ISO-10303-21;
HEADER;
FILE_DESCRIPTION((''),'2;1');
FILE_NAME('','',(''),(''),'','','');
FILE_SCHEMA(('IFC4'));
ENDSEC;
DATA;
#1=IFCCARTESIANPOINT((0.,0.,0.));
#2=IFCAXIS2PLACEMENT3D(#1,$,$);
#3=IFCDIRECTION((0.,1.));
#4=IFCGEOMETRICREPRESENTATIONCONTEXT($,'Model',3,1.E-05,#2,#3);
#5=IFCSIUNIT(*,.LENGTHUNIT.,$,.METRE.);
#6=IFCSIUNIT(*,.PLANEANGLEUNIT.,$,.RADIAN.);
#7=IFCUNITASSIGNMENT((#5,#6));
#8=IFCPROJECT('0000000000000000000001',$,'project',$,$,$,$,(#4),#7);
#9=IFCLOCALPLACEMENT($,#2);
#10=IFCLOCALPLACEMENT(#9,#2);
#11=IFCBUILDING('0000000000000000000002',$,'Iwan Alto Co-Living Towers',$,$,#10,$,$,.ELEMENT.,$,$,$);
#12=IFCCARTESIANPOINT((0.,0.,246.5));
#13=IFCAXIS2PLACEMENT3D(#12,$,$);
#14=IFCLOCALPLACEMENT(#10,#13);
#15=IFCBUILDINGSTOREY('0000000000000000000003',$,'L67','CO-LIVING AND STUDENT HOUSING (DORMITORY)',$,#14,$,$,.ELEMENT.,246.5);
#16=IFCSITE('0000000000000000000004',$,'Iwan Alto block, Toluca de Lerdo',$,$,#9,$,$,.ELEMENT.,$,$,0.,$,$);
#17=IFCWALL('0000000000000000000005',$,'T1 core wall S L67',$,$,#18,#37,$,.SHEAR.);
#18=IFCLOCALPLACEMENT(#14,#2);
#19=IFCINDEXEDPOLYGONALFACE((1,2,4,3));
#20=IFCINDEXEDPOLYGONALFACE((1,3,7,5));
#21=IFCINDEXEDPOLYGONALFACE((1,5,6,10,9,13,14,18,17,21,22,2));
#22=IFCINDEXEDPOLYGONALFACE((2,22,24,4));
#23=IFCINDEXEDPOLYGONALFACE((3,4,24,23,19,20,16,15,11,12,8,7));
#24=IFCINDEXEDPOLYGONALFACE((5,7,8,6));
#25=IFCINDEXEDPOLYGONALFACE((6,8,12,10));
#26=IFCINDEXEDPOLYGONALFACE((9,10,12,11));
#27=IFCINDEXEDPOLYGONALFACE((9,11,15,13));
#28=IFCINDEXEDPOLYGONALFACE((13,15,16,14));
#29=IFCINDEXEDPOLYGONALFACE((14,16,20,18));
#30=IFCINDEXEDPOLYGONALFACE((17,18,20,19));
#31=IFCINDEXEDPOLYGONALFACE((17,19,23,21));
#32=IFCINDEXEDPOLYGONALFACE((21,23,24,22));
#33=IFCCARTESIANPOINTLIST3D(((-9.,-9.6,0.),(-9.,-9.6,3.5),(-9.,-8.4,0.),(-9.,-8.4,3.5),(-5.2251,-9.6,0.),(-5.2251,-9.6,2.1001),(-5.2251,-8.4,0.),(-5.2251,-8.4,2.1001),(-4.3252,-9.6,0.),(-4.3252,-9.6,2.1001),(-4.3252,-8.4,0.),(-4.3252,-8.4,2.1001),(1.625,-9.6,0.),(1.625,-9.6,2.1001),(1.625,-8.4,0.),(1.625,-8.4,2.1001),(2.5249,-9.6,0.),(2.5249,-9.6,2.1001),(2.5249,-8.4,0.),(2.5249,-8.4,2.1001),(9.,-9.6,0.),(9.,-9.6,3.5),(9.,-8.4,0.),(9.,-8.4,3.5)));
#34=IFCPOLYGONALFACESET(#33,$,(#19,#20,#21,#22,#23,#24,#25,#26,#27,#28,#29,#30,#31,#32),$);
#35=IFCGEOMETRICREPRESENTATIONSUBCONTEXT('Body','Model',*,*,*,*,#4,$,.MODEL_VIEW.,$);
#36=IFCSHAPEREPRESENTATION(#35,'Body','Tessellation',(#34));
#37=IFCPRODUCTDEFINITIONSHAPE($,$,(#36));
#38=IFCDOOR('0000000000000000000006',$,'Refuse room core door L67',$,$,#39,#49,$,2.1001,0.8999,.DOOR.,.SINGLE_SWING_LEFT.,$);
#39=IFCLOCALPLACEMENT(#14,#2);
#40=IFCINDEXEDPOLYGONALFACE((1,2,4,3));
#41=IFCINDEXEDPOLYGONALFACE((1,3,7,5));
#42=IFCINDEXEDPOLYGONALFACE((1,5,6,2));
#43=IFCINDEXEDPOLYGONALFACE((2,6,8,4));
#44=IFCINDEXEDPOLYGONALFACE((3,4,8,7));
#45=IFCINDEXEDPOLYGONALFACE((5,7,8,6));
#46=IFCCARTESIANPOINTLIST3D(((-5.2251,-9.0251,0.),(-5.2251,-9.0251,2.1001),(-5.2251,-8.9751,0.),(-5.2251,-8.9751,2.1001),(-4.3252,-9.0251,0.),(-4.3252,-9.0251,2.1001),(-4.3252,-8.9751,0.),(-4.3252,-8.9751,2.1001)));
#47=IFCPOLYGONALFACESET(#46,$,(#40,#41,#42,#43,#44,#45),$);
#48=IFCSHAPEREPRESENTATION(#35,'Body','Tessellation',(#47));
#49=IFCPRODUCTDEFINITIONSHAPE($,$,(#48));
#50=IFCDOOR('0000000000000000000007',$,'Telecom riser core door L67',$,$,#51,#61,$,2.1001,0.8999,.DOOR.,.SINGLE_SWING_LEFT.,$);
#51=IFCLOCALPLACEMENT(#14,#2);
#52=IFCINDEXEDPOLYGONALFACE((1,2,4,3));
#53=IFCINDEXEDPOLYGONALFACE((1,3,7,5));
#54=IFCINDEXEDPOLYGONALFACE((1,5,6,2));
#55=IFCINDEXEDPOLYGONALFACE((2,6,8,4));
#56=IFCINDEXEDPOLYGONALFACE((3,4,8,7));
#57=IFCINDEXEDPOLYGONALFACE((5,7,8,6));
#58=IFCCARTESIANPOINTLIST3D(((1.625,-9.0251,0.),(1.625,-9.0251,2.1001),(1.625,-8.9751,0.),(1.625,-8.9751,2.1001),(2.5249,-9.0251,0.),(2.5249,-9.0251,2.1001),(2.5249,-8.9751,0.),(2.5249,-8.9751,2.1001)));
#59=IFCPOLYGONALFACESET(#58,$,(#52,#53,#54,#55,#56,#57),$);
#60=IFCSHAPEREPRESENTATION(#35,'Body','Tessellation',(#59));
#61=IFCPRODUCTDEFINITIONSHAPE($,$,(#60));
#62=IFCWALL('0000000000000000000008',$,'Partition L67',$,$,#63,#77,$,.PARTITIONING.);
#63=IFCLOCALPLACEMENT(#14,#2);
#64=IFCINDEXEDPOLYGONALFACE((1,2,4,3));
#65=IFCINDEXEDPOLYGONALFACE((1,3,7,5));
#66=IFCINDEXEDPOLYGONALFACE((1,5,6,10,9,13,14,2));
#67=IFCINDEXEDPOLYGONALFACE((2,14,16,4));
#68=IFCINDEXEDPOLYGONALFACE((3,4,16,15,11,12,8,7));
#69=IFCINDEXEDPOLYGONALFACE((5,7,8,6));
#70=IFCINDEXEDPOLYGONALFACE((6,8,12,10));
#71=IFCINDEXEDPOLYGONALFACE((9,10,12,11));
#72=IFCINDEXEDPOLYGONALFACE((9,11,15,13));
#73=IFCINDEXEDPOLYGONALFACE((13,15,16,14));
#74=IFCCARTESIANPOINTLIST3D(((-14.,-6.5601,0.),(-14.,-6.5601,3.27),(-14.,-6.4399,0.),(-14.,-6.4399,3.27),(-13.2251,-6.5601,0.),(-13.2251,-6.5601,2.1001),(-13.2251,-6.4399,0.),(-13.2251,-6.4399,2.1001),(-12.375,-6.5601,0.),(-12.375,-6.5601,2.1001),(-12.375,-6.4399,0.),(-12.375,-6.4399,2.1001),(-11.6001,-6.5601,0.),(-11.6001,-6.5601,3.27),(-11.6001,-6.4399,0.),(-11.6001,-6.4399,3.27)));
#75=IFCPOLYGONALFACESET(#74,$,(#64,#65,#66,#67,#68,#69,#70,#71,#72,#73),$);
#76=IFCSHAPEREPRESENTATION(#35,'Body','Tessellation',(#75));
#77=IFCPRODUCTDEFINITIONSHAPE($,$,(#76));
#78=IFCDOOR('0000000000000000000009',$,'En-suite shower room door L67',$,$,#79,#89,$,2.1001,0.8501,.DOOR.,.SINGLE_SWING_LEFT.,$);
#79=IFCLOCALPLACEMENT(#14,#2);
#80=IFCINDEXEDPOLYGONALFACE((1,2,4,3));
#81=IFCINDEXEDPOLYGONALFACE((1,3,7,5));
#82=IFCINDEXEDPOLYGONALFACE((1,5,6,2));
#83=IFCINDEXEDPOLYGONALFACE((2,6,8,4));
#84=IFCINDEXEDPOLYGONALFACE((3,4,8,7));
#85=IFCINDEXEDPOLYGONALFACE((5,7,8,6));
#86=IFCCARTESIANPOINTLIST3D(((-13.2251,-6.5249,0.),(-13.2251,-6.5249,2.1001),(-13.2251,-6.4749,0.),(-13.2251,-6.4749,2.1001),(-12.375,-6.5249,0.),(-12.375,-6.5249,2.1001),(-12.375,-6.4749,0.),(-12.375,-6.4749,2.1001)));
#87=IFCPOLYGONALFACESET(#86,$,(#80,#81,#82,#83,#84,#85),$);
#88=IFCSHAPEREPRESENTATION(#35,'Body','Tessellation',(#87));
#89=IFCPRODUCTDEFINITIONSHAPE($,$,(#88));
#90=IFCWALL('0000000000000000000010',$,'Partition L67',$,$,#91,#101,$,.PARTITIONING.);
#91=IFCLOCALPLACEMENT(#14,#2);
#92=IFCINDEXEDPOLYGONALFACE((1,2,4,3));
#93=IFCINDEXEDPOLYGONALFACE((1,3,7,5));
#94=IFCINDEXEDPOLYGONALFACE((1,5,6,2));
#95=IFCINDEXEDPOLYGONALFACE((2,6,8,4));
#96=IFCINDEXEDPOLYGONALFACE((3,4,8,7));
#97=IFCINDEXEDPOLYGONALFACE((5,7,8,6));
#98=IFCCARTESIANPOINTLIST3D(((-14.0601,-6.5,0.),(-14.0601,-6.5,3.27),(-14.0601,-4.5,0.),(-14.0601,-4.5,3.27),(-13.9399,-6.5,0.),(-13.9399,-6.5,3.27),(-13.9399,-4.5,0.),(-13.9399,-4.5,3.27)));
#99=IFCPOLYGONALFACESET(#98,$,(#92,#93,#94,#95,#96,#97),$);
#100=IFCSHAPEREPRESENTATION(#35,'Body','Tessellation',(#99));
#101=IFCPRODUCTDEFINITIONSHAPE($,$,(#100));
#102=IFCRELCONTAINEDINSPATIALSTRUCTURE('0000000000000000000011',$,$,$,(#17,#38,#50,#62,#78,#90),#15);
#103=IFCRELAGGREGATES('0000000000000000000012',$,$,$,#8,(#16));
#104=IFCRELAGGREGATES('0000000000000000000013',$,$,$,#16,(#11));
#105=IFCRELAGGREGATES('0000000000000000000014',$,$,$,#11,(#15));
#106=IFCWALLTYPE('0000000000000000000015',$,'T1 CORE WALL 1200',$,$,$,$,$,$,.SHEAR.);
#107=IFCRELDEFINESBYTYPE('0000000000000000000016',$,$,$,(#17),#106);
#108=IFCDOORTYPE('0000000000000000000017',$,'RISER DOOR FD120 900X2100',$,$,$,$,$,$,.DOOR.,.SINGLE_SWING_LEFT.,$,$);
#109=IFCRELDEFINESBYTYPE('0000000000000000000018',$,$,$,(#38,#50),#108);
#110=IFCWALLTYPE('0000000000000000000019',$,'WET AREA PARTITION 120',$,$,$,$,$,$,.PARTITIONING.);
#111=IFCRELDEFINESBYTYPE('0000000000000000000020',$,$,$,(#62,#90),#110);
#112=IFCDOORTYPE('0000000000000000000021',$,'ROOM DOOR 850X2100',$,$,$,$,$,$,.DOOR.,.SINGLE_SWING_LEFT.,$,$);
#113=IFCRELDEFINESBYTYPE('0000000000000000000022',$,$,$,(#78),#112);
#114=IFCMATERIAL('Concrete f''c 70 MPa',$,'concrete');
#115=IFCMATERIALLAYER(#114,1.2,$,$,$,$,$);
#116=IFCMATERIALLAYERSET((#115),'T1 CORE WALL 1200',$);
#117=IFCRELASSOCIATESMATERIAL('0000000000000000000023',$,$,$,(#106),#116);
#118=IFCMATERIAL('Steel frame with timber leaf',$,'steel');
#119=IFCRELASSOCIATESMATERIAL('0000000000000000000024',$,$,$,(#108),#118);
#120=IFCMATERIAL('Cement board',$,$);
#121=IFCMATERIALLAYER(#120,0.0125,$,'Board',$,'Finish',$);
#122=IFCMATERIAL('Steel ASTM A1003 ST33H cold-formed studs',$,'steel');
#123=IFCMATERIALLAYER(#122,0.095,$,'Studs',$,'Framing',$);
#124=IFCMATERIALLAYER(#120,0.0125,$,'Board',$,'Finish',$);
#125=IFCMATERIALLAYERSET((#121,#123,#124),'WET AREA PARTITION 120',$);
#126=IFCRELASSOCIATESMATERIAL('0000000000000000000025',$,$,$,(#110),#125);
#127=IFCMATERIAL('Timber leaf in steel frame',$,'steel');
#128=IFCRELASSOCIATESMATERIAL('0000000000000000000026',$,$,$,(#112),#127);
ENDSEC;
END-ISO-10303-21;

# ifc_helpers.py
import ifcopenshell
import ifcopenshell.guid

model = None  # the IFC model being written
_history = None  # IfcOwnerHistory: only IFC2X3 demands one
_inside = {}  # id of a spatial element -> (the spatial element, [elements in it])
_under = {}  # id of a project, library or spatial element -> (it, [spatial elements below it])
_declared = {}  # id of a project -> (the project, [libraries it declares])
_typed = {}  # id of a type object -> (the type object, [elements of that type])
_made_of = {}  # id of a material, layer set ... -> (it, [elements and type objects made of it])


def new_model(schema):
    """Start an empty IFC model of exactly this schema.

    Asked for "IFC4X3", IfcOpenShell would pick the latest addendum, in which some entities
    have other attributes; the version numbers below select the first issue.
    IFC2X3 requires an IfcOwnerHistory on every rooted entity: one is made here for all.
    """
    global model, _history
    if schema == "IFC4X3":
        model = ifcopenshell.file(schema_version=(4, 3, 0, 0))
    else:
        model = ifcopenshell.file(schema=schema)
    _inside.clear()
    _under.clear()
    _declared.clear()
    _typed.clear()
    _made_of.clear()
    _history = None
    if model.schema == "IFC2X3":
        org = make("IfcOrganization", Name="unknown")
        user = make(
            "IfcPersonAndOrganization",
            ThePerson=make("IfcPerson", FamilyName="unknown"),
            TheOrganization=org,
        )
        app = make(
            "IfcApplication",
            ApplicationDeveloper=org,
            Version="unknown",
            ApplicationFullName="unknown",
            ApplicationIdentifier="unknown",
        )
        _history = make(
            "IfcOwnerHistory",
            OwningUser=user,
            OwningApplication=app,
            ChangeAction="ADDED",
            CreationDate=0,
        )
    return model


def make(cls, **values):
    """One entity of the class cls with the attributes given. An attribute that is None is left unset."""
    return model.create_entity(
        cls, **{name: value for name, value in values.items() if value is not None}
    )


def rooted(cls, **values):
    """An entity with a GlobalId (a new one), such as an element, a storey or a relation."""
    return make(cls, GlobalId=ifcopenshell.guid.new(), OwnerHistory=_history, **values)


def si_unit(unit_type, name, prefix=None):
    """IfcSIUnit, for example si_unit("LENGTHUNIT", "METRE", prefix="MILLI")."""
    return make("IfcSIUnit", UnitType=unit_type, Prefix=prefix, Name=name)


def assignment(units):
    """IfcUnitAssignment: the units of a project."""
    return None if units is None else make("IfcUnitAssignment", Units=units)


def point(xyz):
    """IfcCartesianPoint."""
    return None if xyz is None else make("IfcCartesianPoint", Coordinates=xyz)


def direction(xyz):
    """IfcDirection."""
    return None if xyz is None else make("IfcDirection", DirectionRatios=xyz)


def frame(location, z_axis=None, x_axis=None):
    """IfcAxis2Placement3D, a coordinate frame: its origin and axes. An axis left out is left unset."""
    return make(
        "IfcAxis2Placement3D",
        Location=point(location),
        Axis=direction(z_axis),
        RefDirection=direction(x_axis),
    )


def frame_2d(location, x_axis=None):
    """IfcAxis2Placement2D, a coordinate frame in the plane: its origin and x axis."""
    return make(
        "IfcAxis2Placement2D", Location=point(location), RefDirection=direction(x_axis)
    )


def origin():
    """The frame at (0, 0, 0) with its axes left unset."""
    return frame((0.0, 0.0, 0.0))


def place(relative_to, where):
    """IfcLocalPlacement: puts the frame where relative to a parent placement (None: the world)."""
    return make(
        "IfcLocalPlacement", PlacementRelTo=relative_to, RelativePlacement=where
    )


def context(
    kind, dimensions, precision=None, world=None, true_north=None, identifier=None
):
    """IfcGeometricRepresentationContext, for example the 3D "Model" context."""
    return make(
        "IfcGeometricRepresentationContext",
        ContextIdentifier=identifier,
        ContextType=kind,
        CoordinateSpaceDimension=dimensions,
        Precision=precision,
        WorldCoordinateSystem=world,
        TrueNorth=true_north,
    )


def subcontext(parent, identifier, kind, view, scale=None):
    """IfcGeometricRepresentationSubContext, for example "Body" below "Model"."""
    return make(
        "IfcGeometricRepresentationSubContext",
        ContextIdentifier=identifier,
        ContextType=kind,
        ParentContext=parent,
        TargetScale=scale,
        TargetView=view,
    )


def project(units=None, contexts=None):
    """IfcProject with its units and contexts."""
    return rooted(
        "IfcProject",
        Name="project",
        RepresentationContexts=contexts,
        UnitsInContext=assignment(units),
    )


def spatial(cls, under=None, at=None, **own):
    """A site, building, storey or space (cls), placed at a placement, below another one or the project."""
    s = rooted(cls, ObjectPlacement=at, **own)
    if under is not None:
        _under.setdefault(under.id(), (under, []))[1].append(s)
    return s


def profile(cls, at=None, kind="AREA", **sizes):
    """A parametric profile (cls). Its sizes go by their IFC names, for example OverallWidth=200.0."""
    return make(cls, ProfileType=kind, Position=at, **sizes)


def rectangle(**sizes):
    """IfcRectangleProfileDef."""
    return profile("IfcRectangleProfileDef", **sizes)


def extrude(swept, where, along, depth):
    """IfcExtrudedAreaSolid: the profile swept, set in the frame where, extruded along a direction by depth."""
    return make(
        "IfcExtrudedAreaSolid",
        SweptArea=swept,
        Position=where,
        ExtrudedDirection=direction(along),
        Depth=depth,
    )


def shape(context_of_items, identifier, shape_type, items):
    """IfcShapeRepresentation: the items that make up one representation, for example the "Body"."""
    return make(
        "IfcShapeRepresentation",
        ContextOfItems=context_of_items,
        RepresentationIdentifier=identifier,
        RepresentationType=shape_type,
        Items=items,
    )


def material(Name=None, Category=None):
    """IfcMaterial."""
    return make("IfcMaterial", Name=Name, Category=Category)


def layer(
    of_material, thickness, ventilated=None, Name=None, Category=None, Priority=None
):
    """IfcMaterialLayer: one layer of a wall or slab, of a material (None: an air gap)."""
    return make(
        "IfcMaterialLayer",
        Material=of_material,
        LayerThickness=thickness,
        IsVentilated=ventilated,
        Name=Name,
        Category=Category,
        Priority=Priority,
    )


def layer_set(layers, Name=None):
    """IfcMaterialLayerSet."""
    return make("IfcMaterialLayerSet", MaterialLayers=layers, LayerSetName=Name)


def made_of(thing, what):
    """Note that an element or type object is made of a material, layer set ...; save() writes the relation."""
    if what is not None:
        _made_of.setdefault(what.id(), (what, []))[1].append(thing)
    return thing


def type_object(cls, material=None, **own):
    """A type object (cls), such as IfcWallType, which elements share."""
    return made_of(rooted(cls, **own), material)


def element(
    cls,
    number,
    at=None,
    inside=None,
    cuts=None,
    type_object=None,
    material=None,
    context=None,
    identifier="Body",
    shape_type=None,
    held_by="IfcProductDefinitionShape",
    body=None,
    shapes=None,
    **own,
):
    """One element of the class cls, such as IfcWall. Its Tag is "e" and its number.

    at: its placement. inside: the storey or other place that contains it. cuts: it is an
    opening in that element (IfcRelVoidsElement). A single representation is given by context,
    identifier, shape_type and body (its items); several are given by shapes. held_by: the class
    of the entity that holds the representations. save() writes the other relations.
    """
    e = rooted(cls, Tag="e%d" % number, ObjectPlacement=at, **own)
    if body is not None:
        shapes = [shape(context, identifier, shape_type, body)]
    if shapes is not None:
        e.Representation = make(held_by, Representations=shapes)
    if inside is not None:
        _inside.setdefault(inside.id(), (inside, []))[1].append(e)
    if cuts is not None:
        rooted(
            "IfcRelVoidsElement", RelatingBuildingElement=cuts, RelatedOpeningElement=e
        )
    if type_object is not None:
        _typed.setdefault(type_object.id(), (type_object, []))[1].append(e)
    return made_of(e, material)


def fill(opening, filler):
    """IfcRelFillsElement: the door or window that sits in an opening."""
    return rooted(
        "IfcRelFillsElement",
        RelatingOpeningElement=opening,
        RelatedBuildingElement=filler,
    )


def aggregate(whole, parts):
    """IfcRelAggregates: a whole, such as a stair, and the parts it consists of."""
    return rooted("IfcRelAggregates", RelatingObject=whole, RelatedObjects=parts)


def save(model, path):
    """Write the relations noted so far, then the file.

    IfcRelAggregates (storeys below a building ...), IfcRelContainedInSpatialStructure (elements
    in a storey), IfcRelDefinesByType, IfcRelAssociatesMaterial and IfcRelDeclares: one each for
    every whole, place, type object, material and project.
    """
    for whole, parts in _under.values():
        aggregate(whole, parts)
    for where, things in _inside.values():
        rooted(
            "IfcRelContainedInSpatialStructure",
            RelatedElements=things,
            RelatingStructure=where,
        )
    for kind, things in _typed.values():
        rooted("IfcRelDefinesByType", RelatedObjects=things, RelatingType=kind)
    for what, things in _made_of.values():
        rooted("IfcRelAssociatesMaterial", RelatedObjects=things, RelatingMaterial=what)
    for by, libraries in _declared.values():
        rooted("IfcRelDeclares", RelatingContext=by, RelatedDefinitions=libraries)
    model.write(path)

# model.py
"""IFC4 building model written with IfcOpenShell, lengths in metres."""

from ifc_helpers import new_model, si_unit, direction, frame, frame_2d, origin, place, context, subcontext, project, spatial, rectangle, extrude, material, layer, layer_set, type_object, element, fill, save


model = new_model("IFC4")

# Units and contexts
model_context = context("Model", 3, precision=1e-05, world=origin(), true_north=direction((0.0, 1.0)))
body_context = subcontext(model_context, "Body", "Model", "MODEL_VIEW")
ifc_project = project(units=[si_unit("LENGTHUNIT", "METRE"), si_unit("PLANEANGLEUNIT", "RADIAN")], contexts=[model_context])

# Site, building, storey
site_placement = place(None, origin())
site = spatial("IfcSite", under=ifc_project, at=site_placement, Name="Iwan Alto block, Toluca de Lerdo", CompositionType="ELEMENT", RefElevation=0.0)
building_placement = place(site_placement, origin())
building = spatial("IfcBuilding", under=site, at=building_placement, Name="Iwan Alto Co-Living Towers", CompositionType="ELEMENT")
storey_placement = place(building_placement, frame((0.0, 0.0, 246.5)))
storey = spatial("IfcBuildingStorey", under=building, at=storey_placement, Name="L67", Description="CO-LIVING AND STUDENT HOUSING (DORMITORY)", CompositionType="ELEMENT", Elevation=246.5)

# Shared definitions
ifc_material_1 = material(Name="Steel ASTM A1003 ST33H cold-formed studs", Category="steel")

# Wall, openings, doors
ifc_material_2 = material(Name="Concrete f'c 70 MPa", Category="concrete")
ifc_layer_1 = layer(ifc_material_2, 1.2)
ifc_layer_set_1 = layer_set([ifc_layer_1], Name="T1 CORE WALL 1200")
wall_type_1 = type_object("IfcWallType", Name="T1 CORE WALL 1200", PredefinedType="SHEAR", material=ifc_layer_set_1)
wall_1_placement = place(storey_placement, frame((-9.0, -9.0, 0.0), z_axis=(0.0, 0.0, 1.0), x_axis=(1.0, 0.0, 0.0)))
wall_1 = element("IfcWall", 1, at=wall_1_placement, inside=storey, type_object=wall_type_1, Name="T1 core wall S L67", PredefinedType="SHEAR", context=body_context, shape_type="SweptSolid", body=[
    extrude(rectangle(XDim=18.0, YDim=1.2, at=frame_2d((9.0, 0.0))), origin(), (0.0, 0.0, 1.0), 3.5),
])
opening_1_placement = place(wall_1_placement, frame((3.7749, 0.0, 0.0)))
opening_1 = element("IfcOpeningElement", 2, at=opening_1_placement, cuts=wall_1, PredefinedType="OPENING", context=body_context, shape_type="SweptSolid", body=[
    extrude(rectangle(XDim=0.8999, YDim=2.1001, at=frame_2d((0.45, 1.05))), frame((0.0, 0.6099, 0.0), z_axis=(0.0, -1.0, 0.0), x_axis=(1.0, 0.0, 0.0)), (0.0, 0.0, 1.0), 1.22),
])
opening_2_placement = place(wall_1_placement, frame((10.625, 0.0, 0.0)))
opening_2 = element("IfcOpeningElement", 3, at=opening_2_placement, cuts=wall_1, PredefinedType="OPENING", context=body_context, shape_type="SweptSolid", body=[
    extrude(rectangle(XDim=0.8999, YDim=2.1001, at=frame_2d((0.45, 1.05))), frame((0.0, 0.6099, 0.0), z_axis=(0.0, -1.0, 0.0), x_axis=(1.0, 0.0, 0.0)), (0.0, 0.0, 1.0), 1.22),
])
ifc_material_3 = material(Name="Steel frame with timber leaf", Category="steel")
door_type_1 = type_object("IfcDoorType", Name="RISER DOOR FD120 900X2100", OperationType="SINGLE_SWING_LEFT", PredefinedType="DOOR", material=ifc_material_3)
door_1_placement = place(opening_1_placement, origin())
door_1 = element("IfcDoor", 4, at=door_1_placement, inside=storey, type_object=door_type_1, Name="Refuse room core door L67", OperationType="SINGLE_SWING_LEFT", OverallHeight=2.1001, OverallWidth=0.8999, PredefinedType="DOOR", context=body_context, shape_type="SweptSolid", body=[
    extrude(rectangle(XDim=0.8999, YDim=2.1001, at=frame_2d((0.45, 1.05))), frame((0.0, 0.0249, 0.0), z_axis=(0.0, -1.0, 0.0), x_axis=(1.0, 0.0, 0.0)), (0.0, 0.0, 1.0), 0.05),
])
fill(opening_1, door_1)
door_2_placement = place(opening_2_placement, origin())
door_2 = element("IfcDoor", 5, at=door_2_placement, inside=storey, type_object=door_type_1, Name="Telecom riser core door L67", OperationType="SINGLE_SWING_LEFT", OverallHeight=2.1001, OverallWidth=0.8999, PredefinedType="DOOR", context=body_context, shape_type="SweptSolid", body=[
    extrude(rectangle(XDim=0.8999, YDim=2.1001, at=frame_2d((0.45, 1.05))), frame((0.0, 0.0249, 0.0), z_axis=(0.0, -1.0, 0.0), x_axis=(1.0, 0.0, 0.0)), (0.0, 0.0, 1.0), 0.05),
])
fill(opening_2, door_2)

# Wall, opening, door
ifc_material_4 = material(Name="Cement board")
ifc_layer_2 = layer(ifc_material_4, 0.0125, Name="Board", Category="Finish")
ifc_layer_3 = layer(ifc_material_1, 0.095, Name="Studs", Category="Framing")
ifc_layer_4 = layer(ifc_material_4, 0.0125, Name="Board", Category="Finish")
ifc_layer_set_2 = layer_set([ifc_layer_2, ifc_layer_3, ifc_layer_4], Name="WET AREA PARTITION 120")
wall_type_2 = type_object("IfcWallType", Name="WET AREA PARTITION 120", PredefinedType="PARTITIONING", material=ifc_layer_set_2)
wall_2_placement = place(storey_placement, frame((-14.0, -6.5, 0.0), z_axis=(0.0, 0.0, 1.0), x_axis=(1.0, 0.0, 0.0)))
wall_2 = element("IfcWall", 6, at=wall_2_placement, inside=storey, type_object=wall_type_2, Name="Partition L67", PredefinedType="PARTITIONING", context=body_context, shape_type="SweptSolid", body=[
    extrude(rectangle(XDim=2.3999, YDim=0.1201, at=frame_2d((1.2, 0.0))), origin(), (0.0, 0.0, 1.0), 3.27),
])
opening_3_placement = place(wall_2_placement, frame((0.7749, 0.0, 0.0)))
opening_3 = element("IfcOpeningElement", 7, at=opening_3_placement, cuts=wall_2, PredefinedType="OPENING", context=body_context, shape_type="SweptSolid", body=[
    extrude(rectangle(XDim=0.8501, YDim=2.1001, at=frame_2d((0.425, 1.05))), frame((0.0, 0.0701, 0.0), z_axis=(0.0, -1.0, 0.0), x_axis=(1.0, 0.0, 0.0)), (0.0, 0.0, 1.0), 0.1401),
])
ifc_material_5 = material(Name="Timber leaf in steel frame", Category="steel")
door_type_2 = type_object("IfcDoorType", Name="ROOM DOOR 850X2100", OperationType="SINGLE_SWING_LEFT", PredefinedType="DOOR", material=ifc_material_5)
door_3_placement = place(opening_3_placement, frame((0.8501, 0.0, 0.0), z_axis=(0.0, 0.0, 1.0), x_axis=(-1.0, 0.0, 0.0)))
door_3 = element("IfcDoor", 8, at=door_3_placement, inside=storey, type_object=door_type_2, Name="En-suite shower room door L67", OperationType="SINGLE_SWING_LEFT", OverallHeight=2.1001, OverallWidth=0.8501, PredefinedType="DOOR", context=body_context, shape_type="SweptSolid", body=[
    extrude(rectangle(XDim=0.8501, YDim=2.1001, at=frame_2d((0.425, 1.05))), frame((0.0, 0.0249, 0.0), z_axis=(0.0, -1.0, 0.0), x_axis=(1.0, 0.0, 0.0)), (0.0, 0.0, 1.0), 0.05),
])
fill(opening_3, door_3)

# Wall
wall_3_placement = place(storey_placement, frame((-14.0, -6.5, 0.0), z_axis=(0.0, 0.0, 1.0), x_axis=(0.0, 1.0, 0.0)))
element("IfcWall", 9, at=wall_3_placement, inside=storey, type_object=wall_type_2, Name="Partition L67", PredefinedType="PARTITIONING", context=body_context, shape_type="SweptSolid", body=[
    extrude(rectangle(XDim=2.0, YDim=0.1201, at=frame_2d((1.0, 0.0))), origin(), (0.0, 0.0, 1.0), 3.27),
])

save(model, "model.ifc")
